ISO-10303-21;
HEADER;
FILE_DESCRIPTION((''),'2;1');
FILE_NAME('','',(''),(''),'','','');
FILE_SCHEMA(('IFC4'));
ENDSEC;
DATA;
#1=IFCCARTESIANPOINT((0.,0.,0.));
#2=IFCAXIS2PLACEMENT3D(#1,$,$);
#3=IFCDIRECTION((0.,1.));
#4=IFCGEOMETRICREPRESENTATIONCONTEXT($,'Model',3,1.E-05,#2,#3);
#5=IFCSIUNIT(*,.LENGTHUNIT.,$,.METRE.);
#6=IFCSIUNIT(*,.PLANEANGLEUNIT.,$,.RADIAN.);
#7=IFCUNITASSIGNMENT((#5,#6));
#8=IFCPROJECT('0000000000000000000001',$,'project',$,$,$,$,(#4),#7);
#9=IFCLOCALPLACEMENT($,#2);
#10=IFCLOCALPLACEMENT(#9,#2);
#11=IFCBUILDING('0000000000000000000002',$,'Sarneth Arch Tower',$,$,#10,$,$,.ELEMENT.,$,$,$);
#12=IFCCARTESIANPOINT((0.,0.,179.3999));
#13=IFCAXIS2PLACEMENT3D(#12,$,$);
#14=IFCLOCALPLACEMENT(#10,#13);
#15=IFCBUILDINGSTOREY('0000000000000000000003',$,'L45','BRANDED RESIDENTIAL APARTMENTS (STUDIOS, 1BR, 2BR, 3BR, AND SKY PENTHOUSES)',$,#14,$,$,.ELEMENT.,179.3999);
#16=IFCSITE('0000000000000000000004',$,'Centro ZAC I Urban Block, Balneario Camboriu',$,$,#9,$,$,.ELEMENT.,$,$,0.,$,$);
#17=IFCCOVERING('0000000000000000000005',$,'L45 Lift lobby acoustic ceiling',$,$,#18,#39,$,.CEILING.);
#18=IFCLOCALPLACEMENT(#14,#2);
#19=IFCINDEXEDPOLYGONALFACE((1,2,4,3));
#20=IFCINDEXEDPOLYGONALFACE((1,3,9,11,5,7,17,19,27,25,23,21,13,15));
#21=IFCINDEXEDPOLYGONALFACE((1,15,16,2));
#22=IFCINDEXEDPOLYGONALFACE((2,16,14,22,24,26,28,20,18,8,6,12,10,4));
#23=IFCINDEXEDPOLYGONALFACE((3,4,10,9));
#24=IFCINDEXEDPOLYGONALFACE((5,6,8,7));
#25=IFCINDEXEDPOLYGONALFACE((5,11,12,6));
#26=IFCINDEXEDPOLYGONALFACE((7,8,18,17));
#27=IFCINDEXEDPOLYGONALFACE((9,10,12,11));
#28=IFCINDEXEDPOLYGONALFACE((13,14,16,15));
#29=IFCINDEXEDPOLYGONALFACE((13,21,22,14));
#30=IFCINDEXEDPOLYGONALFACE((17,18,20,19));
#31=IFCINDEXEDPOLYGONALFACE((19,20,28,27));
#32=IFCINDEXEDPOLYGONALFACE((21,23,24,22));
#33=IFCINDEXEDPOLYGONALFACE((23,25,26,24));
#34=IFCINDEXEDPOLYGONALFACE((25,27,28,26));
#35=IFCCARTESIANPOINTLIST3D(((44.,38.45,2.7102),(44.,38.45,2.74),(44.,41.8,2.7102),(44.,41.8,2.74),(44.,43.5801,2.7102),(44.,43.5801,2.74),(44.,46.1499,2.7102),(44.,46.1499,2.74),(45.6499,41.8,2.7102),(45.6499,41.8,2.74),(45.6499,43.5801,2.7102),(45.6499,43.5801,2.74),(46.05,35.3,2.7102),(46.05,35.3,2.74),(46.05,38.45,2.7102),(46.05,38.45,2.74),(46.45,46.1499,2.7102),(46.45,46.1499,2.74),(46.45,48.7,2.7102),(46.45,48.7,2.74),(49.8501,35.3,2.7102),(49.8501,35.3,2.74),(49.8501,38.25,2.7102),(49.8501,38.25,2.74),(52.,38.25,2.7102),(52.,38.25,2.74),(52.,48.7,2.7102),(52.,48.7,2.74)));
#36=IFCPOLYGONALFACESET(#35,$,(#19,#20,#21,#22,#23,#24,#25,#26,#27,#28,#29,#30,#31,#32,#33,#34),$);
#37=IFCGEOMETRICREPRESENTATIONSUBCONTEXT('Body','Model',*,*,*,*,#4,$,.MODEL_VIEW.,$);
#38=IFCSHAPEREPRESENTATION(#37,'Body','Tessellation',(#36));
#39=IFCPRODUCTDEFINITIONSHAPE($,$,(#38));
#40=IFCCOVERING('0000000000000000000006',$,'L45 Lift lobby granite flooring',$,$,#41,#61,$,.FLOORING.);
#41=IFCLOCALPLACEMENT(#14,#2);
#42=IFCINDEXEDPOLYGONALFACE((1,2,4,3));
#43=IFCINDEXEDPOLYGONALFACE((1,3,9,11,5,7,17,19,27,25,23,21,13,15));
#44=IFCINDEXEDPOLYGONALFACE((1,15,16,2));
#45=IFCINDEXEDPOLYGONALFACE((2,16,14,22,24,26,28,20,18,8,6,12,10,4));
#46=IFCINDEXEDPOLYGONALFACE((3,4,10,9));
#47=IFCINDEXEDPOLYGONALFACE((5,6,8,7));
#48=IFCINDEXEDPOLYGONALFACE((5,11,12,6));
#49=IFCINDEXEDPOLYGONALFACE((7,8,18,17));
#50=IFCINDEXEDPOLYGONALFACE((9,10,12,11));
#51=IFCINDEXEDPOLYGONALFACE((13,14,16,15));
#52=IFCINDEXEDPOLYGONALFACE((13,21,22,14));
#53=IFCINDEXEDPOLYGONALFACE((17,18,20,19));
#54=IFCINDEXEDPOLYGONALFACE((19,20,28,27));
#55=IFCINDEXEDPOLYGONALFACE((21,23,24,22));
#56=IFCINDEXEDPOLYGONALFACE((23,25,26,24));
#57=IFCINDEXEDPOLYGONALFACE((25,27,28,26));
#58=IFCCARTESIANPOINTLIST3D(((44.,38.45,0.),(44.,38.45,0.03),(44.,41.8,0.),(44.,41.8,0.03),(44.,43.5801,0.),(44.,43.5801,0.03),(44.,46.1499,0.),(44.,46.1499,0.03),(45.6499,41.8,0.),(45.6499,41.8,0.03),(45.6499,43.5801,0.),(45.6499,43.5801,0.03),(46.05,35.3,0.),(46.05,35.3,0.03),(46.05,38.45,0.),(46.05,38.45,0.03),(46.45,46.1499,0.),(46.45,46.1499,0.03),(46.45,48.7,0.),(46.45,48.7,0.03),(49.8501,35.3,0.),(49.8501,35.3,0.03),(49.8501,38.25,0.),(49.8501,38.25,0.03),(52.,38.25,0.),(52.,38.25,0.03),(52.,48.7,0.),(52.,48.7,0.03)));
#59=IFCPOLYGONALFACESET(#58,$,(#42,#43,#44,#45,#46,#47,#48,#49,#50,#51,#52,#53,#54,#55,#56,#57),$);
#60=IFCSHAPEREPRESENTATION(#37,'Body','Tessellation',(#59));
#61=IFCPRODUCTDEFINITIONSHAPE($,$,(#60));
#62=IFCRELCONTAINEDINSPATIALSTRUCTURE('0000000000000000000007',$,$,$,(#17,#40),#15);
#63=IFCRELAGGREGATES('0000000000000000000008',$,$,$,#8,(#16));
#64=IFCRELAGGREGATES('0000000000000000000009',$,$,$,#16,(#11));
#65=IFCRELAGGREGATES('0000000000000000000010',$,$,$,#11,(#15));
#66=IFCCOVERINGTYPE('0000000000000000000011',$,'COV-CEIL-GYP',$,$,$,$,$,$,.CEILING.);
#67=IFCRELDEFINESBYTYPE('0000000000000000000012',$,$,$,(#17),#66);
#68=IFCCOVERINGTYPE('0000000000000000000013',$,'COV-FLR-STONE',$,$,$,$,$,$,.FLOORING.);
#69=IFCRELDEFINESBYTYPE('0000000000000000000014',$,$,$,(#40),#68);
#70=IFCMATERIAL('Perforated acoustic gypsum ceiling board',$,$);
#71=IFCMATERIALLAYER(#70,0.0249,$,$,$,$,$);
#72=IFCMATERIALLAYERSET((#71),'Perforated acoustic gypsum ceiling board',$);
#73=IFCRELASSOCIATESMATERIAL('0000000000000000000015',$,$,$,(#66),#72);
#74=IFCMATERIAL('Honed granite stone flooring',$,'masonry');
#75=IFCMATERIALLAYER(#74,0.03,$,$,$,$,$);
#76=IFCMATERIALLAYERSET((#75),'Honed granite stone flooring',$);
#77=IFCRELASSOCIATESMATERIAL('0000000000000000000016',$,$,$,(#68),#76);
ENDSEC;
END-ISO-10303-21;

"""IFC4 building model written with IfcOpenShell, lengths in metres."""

from ifc_helpers import new_model, si_unit, direction, frame, origin, place, context, subcontext, project, spatial, polyline, outline, extrude, material, layer, layer_set, type_object, element, save


model = new_model("IFC4")

# Units and contexts
model_context = context("Model", 3, precision=1e-05, world=origin(), true_north=direction((0.0, 1.0)))
body_context = subcontext(model_context, "Body", "Model", "MODEL_VIEW")
ifc_project = project(units=[si_unit("LENGTHUNIT", "METRE"), si_unit("PLANEANGLEUNIT", "RADIAN")], contexts=[model_context])

# Site, building, storey
site_placement = place(None, origin())
site = spatial("IfcSite", under=ifc_project, at=site_placement, Name="Centro ZAC I Urban Block, Balneario Camboriu", CompositionType="ELEMENT", RefElevation=0.0)
building_placement = place(site_placement, origin())
building = spatial("IfcBuilding", under=site, at=building_placement, Name="Sarneth Arch Tower", CompositionType="ELEMENT")
storey_placement = place(building_placement, frame((0.0, 0.0, 179.3999)))
storey = spatial("IfcBuildingStorey", under=building, at=storey_placement, Name="L45", Description="BRANDED RESIDENTIAL APARTMENTS (STUDIOS, 1BR, 2BR, 3BR, AND SKY PENTHOUSES)", CompositionType="ELEMENT", Elevation=179.3999)

# Coverings
ifc_material_1 = material(Name="Perforated acoustic gypsum ceiling board")
ifc_layer_1 = layer(ifc_material_1, 0.0249)
ifc_layer_set_1 = layer_set([ifc_layer_1], Name="Perforated acoustic gypsum ceiling board")
covering_type_1 = type_object("IfcCoveringType", Name="COV-CEIL-GYP", PredefinedType="CEILING", material=ifc_layer_set_1)
covering_1_placement = place(storey_placement, frame((0.0, 0.0, 2.7102)))
element("IfcCovering", 1, at=covering_1_placement, inside=storey, type_object=covering_type_1, Name="L45 Lift lobby acoustic ceiling", PredefinedType="CEILING", context=body_context, shape_type="SweptSolid", body=[
    extrude(outline(polyline([(49.8501, 38.25), (49.8501, 35.3), (46.05, 35.3), (46.05, 38.45), (44.0, 38.45), (44.0, 41.8), (45.6499, 41.8), (45.6499, 43.5801), (44.0, 43.5801), (44.0, 46.1499), (46.45, 46.1499), (46.45, 48.7), (52.0, 48.7), (52.0, 38.25), (49.8501, 38.25)])), origin(), (0.0, 0.0, 1.0), 0.0298),
])
ifc_material_2 = material(Name="Honed granite stone flooring", Category="masonry")
ifc_layer_2 = layer(ifc_material_2, 0.03)
ifc_layer_set_2 = layer_set([ifc_layer_2], Name="Honed granite stone flooring")
covering_type_2 = type_object("IfcCoveringType", Name="COV-FLR-STONE", PredefinedType="FLOORING", material=ifc_layer_set_2)
covering_2_placement = place(storey_placement, origin())
element("IfcCovering", 2, at=covering_2_placement, inside=storey, type_object=covering_type_2, Name="L45 Lift lobby granite flooring", PredefinedType="FLOORING", context=body_context, shape_type="SweptSolid", body=[
    extrude(outline(polyline([(49.8501, 38.25), (49.8501, 35.3), (46.05, 35.3), (46.05, 38.45), (44.0, 38.45), (44.0, 41.8), (45.6499, 41.8), (45.6499, 43.5801), (44.0, 43.5801), (44.0, 46.1499), (46.45, 46.1499), (46.45, 48.7), (52.0, 48.7), (52.0, 38.25), (49.8501, 38.25)])), origin(), (0.0, 0.0, 1.0), 0.03),
])

save(model, "model.ifc")
